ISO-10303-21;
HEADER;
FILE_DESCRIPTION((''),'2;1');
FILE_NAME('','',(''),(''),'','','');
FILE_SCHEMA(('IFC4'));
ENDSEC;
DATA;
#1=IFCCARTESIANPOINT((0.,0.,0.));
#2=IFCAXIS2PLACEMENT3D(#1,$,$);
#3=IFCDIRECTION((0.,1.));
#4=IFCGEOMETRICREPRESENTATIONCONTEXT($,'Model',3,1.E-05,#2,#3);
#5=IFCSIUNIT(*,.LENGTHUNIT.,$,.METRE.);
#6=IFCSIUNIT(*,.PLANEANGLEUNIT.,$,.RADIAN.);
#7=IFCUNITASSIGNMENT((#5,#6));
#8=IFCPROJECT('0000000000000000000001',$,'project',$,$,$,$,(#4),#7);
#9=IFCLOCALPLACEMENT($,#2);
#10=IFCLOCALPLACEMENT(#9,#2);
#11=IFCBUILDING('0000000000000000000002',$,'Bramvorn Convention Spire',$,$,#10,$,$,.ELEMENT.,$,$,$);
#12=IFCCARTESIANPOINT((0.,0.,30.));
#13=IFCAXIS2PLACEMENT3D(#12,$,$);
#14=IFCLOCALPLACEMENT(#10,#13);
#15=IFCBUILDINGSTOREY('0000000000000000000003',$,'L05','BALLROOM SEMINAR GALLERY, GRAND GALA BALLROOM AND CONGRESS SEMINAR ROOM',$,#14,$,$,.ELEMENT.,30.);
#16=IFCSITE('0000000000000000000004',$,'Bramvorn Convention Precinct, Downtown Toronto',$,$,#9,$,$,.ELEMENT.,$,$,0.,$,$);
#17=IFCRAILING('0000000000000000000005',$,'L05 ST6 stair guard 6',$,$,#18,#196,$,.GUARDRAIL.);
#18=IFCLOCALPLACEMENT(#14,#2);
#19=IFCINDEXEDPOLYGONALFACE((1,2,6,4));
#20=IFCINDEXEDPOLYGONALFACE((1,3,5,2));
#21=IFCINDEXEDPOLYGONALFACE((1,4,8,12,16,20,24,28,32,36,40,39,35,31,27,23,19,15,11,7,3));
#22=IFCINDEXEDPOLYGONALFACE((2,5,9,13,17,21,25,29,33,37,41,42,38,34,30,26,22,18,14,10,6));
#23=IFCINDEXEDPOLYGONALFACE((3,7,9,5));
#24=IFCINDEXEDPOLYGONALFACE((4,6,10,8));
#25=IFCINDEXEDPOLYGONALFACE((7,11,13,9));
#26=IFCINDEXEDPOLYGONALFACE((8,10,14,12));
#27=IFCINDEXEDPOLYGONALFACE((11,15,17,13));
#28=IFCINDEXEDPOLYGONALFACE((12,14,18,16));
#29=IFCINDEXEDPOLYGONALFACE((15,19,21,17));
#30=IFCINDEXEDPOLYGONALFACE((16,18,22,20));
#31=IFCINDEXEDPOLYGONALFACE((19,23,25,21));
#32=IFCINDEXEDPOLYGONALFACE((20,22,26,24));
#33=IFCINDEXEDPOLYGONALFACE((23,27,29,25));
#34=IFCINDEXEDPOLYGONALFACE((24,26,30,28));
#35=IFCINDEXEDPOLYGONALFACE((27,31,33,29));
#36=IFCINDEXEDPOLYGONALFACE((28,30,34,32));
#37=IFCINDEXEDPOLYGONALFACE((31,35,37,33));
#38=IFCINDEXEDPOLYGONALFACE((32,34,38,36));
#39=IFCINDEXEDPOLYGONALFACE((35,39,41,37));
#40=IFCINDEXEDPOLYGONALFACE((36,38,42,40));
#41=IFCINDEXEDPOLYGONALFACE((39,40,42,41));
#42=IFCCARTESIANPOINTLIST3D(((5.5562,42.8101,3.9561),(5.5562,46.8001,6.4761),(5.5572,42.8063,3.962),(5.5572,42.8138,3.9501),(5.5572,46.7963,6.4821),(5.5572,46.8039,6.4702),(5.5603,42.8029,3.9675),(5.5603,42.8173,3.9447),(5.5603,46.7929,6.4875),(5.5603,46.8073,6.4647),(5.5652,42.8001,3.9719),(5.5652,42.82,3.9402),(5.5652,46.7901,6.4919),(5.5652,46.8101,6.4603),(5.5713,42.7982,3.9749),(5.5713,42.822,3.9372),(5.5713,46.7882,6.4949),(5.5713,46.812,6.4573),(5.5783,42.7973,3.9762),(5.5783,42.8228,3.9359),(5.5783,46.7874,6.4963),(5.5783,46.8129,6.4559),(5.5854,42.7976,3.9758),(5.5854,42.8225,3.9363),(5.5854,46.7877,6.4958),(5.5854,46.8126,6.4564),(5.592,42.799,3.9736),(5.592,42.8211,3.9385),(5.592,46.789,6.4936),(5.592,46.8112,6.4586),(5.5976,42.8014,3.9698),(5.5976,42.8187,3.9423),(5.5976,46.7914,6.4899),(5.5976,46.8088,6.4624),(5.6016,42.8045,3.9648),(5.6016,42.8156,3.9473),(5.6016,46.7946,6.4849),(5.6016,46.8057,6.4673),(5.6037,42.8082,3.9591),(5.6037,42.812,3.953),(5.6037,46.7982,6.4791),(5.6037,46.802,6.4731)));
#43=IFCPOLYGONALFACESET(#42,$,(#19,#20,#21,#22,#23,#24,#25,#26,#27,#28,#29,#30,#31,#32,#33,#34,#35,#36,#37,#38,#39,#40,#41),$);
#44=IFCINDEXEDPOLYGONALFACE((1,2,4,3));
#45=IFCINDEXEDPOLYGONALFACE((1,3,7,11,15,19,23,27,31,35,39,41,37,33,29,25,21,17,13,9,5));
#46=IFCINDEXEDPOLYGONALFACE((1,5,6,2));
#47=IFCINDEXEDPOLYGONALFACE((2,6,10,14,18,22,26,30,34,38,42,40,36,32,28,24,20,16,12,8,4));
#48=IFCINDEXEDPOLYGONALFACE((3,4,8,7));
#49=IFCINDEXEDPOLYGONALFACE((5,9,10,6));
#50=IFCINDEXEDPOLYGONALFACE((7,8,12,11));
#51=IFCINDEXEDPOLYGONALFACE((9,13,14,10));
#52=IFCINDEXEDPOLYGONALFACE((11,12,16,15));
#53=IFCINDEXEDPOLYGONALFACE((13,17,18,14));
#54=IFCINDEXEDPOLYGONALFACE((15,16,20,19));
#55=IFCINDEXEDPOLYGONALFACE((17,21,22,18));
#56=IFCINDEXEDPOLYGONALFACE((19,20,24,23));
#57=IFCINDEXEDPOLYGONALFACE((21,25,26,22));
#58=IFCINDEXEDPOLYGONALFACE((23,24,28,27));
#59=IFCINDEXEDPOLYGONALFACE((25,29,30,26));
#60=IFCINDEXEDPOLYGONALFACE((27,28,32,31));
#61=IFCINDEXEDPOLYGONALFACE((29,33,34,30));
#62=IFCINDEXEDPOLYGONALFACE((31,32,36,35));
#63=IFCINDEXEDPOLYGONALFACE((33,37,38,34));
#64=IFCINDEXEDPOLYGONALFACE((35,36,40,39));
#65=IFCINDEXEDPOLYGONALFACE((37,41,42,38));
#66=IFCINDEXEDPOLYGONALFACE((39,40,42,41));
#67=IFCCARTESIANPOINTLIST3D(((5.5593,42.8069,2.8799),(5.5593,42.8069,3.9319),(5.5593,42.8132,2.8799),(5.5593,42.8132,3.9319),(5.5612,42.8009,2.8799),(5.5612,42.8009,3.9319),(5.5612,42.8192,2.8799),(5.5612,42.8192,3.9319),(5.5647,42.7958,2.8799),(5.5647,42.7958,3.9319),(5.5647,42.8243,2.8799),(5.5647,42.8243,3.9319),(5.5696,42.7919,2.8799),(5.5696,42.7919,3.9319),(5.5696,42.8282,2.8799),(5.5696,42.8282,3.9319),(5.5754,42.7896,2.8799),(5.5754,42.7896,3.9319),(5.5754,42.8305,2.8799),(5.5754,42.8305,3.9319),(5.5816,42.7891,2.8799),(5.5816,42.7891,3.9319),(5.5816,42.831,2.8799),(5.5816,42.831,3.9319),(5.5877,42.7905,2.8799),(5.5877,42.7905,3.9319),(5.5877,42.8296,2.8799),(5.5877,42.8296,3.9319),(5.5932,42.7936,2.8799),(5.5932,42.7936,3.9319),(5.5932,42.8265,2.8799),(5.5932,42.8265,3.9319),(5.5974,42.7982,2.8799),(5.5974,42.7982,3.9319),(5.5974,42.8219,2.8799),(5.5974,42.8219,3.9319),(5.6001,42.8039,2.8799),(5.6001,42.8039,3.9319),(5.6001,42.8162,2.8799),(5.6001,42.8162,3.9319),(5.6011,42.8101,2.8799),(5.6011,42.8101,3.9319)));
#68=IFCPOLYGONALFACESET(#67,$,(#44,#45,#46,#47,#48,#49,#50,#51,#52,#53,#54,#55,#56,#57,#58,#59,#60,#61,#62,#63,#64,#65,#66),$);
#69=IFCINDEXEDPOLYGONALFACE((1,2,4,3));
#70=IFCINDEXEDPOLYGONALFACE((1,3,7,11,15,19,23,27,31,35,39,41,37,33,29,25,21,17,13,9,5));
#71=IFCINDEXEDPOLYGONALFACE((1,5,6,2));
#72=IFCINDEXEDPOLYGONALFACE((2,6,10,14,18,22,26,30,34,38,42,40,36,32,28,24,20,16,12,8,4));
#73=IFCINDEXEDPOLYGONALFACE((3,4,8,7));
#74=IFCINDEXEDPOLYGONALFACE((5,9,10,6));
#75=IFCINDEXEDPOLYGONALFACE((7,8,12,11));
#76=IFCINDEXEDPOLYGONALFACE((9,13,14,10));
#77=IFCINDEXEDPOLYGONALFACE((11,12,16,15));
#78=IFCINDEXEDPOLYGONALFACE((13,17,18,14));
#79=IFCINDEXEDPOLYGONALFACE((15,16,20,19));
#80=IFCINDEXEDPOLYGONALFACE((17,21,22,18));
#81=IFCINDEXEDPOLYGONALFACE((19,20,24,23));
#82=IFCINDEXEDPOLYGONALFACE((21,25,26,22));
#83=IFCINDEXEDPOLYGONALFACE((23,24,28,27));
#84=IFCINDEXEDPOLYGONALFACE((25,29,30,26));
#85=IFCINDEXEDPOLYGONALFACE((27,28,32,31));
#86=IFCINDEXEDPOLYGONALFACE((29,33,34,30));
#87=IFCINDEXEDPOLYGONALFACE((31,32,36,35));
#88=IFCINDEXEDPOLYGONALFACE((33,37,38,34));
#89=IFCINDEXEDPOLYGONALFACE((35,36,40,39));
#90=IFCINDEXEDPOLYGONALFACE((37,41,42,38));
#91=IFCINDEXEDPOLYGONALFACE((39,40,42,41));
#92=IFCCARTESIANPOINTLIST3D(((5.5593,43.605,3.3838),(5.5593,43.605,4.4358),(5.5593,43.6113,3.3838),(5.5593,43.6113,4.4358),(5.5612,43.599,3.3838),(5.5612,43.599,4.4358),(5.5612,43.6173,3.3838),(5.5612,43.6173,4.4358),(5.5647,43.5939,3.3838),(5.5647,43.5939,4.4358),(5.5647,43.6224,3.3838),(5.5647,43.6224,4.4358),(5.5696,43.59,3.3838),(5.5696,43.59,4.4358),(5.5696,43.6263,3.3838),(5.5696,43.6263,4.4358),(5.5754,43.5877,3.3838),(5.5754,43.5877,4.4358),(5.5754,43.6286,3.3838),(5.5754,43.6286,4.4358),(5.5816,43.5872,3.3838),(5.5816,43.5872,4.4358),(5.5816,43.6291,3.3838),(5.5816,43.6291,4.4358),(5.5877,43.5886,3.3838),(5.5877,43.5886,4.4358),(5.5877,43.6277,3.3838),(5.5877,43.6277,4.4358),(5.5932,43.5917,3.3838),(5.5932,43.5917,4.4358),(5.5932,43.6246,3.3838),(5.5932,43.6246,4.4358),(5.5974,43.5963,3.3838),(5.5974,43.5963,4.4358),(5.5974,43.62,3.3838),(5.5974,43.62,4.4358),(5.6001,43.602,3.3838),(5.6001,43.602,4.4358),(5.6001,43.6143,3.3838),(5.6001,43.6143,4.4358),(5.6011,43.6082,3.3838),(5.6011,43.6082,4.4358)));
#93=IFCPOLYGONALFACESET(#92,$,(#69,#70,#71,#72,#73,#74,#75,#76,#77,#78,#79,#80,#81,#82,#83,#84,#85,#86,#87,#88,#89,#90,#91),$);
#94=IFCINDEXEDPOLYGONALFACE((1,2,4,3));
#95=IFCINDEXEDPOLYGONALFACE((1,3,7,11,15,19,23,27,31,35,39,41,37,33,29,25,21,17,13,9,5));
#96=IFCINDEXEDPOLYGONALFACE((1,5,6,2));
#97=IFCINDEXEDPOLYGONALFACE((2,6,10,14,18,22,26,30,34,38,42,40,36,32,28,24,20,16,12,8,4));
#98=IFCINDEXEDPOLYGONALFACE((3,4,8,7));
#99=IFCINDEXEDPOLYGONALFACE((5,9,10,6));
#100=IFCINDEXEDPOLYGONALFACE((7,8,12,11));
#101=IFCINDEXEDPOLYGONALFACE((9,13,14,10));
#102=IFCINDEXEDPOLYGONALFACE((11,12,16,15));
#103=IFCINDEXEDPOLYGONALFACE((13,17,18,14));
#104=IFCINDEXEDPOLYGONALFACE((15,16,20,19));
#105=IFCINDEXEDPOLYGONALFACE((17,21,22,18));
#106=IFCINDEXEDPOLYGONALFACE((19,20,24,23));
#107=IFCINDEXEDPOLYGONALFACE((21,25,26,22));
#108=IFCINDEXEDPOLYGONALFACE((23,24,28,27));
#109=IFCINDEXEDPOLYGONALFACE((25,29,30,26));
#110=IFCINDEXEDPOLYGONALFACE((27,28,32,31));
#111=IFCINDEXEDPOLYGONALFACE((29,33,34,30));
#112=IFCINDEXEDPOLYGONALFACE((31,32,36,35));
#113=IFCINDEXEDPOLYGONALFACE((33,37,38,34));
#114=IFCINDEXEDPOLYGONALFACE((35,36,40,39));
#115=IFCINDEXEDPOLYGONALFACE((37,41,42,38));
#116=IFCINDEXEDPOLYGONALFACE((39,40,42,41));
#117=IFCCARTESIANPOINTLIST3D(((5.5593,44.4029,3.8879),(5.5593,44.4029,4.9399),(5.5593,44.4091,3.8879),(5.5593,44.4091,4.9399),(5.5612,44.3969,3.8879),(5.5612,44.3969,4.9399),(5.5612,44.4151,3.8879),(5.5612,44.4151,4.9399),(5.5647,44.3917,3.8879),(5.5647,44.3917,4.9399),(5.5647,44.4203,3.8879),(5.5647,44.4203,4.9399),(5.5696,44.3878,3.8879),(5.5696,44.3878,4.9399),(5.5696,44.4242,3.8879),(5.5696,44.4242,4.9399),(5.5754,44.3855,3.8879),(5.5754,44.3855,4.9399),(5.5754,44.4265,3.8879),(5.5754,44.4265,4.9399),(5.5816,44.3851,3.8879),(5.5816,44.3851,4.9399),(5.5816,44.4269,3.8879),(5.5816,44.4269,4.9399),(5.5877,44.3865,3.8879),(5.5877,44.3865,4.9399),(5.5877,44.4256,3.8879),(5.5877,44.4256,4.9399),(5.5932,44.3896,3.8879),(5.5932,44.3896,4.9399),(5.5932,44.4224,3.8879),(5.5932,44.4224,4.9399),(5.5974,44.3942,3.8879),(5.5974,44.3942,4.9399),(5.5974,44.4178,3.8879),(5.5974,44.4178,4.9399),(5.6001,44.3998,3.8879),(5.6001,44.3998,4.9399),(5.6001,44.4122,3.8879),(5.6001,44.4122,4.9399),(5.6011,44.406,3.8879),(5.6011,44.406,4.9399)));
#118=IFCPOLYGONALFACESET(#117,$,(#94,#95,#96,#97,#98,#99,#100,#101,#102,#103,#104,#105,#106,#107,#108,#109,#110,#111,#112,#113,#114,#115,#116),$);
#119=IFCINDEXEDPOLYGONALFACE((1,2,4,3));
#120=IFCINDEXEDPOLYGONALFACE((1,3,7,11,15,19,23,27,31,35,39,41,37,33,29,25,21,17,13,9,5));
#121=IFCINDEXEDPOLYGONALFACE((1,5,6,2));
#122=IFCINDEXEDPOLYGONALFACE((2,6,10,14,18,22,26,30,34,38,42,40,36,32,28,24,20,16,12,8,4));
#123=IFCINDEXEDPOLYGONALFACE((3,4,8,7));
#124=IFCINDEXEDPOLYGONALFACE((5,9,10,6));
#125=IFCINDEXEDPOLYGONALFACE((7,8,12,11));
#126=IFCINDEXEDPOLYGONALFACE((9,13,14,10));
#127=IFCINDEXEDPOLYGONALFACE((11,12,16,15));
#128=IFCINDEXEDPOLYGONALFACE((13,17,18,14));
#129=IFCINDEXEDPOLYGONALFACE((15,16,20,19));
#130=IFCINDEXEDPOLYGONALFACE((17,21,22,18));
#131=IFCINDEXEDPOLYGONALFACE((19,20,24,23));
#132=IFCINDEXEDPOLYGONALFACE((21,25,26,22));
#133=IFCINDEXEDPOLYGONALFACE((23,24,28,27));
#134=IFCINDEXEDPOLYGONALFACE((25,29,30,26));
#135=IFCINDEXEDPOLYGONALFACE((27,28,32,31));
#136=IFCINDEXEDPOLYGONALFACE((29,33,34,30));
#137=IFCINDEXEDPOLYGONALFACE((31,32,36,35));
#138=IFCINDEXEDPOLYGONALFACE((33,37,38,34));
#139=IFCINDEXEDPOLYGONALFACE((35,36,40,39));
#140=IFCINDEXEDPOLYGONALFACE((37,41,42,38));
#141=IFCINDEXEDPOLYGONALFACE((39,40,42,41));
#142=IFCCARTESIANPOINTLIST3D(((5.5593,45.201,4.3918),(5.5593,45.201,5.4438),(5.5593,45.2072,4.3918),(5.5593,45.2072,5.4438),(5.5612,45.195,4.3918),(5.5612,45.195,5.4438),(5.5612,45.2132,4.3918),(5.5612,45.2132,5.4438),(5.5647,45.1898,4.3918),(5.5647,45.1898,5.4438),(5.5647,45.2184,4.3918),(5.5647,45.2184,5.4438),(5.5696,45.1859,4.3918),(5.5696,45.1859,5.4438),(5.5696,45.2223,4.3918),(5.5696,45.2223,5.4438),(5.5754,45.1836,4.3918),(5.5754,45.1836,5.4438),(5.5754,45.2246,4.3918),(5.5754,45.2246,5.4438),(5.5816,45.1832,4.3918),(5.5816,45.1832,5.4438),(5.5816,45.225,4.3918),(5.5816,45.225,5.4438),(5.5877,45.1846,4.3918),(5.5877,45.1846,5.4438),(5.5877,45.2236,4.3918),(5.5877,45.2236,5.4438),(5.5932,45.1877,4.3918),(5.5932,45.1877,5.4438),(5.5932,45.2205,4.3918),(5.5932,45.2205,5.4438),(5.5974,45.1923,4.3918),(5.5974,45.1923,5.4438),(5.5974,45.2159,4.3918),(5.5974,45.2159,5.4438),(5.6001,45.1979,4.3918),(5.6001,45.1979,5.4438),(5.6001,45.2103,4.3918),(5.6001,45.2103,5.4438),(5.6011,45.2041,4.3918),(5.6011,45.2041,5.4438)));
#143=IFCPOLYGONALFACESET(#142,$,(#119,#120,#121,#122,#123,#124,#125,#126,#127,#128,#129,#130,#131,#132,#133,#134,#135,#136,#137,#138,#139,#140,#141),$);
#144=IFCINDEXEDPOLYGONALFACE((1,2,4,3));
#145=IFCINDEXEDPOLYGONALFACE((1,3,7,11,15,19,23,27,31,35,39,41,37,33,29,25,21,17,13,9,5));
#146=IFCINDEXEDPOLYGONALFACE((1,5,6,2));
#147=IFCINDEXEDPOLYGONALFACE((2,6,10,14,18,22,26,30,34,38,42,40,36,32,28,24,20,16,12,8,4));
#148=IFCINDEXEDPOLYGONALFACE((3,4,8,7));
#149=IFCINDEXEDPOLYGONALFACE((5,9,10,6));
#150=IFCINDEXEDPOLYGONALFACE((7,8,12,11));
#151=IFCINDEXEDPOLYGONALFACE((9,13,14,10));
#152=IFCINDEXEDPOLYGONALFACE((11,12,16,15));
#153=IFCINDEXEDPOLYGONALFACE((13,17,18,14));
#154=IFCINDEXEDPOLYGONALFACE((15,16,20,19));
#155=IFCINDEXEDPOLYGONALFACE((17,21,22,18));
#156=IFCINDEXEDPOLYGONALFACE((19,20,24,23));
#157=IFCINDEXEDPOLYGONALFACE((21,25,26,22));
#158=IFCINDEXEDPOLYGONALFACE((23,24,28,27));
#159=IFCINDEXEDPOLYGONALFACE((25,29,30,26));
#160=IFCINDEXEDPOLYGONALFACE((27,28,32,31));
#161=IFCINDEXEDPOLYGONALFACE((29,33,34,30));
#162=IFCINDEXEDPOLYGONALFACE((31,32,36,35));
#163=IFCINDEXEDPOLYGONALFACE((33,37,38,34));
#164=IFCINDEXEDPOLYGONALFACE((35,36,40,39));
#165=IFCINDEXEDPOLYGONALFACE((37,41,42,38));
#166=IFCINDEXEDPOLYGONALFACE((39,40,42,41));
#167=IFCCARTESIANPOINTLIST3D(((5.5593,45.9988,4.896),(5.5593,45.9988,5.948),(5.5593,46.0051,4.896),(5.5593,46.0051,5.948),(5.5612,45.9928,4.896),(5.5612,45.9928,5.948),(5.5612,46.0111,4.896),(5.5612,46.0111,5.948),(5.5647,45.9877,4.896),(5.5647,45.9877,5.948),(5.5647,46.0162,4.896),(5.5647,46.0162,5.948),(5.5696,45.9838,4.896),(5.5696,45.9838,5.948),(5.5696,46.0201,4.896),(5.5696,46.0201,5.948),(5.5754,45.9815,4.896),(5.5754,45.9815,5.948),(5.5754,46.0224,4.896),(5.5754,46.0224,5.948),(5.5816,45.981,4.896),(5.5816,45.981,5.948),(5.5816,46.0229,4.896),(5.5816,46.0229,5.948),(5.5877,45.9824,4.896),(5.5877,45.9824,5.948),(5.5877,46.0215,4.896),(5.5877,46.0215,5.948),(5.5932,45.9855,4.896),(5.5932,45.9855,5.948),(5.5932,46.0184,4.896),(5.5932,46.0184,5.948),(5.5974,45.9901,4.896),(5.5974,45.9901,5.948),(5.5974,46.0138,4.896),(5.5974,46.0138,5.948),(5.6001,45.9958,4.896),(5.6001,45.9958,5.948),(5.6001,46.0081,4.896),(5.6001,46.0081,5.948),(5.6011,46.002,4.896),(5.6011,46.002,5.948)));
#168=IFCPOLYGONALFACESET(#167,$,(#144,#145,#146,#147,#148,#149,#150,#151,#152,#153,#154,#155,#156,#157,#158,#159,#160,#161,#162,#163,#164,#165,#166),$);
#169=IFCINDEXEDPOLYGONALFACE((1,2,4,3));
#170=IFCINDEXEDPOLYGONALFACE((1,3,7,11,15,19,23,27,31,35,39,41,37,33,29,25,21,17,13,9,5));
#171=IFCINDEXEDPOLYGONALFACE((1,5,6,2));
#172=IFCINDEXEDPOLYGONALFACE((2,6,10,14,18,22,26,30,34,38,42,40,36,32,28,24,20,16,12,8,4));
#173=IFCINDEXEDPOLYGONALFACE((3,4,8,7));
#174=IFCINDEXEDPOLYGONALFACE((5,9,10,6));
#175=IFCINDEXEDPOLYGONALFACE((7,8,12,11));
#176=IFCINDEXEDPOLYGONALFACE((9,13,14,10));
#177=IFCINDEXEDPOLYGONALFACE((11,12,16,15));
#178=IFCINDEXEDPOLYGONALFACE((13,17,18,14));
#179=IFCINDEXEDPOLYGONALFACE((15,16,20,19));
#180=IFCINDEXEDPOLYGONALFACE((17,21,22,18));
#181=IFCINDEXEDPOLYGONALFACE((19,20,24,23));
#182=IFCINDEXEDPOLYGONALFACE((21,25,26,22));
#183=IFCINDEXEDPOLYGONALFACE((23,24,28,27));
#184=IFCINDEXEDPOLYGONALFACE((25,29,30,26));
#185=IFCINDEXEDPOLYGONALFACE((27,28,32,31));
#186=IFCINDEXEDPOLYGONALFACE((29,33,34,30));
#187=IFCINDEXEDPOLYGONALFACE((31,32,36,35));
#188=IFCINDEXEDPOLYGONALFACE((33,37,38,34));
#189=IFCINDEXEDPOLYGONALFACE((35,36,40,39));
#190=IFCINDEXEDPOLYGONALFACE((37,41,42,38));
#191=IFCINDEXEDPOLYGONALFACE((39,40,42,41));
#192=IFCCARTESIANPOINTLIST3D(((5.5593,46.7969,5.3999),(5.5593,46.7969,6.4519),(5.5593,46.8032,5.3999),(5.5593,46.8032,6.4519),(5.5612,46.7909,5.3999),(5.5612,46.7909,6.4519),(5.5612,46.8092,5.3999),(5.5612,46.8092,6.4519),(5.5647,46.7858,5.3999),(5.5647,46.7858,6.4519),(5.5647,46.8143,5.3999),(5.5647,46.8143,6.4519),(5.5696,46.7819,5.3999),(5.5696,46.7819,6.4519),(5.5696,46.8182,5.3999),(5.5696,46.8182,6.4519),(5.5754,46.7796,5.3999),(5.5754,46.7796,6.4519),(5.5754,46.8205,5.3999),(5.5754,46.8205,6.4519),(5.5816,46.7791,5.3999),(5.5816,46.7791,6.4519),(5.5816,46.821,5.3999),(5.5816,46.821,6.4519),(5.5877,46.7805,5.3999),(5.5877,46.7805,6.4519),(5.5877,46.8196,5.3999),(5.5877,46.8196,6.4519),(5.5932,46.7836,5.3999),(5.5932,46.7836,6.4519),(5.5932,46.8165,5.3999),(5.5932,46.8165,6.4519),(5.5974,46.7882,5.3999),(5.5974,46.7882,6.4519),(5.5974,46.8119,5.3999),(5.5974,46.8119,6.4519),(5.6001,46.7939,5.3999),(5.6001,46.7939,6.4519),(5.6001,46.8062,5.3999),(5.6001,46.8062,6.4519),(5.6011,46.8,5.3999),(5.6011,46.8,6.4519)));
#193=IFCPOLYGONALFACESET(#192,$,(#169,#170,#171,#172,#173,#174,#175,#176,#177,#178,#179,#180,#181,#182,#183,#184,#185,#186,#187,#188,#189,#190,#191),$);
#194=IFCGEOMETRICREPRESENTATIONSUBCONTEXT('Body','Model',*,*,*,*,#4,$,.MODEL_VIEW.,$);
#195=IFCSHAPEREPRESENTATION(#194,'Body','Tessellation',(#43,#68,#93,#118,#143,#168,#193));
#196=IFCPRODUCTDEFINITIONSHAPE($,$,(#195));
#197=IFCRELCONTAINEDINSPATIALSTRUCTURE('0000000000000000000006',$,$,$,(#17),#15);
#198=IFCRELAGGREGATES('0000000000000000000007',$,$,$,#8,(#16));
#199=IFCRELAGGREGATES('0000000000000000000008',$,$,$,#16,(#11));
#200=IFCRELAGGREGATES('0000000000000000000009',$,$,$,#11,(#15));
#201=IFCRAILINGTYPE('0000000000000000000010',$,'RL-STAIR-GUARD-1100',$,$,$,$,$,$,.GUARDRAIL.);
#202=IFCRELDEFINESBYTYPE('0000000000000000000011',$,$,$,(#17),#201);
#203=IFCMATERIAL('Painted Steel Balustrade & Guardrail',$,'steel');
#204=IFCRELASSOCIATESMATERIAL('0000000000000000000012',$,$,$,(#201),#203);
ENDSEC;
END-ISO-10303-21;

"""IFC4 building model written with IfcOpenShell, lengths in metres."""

from ifc_helpers import new_model, si_unit, direction, frame, origin, origin_2d, place, context, subcontext, project, spatial, circle, extrude, material, type_object, element, save


model = new_model("IFC4")

# Units and contexts
model_context = context("Model", 3, precision=1e-05, world=origin(), true_north=direction((0.0, 1.0)))
body_context = subcontext(model_context, "Body", "Model", "MODEL_VIEW")
ifc_project = project(units=[si_unit("LENGTHUNIT", "METRE"), si_unit("PLANEANGLEUNIT", "RADIAN")], contexts=[model_context])

# Site, building, storey
site_placement = place(None, origin())
site = spatial("IfcSite", under=ifc_project, at=site_placement, Name="Bramvorn Convention Precinct, Downtown Toronto", CompositionType="ELEMENT", RefElevation=0.0)
building_placement = place(site_placement, origin())
building = spatial("IfcBuilding", under=site, at=building_placement, Name="Bramvorn Convention Spire", CompositionType="ELEMENT")
storey_placement = place(building_placement, frame((0.0, 0.0, 30.0)))
storey = spatial("IfcBuildingStorey", under=building, at=storey_placement, Name="L05", Description="BALLROOM SEMINAR GALLERY, GRAND GALA BALLROOM AND CONGRESS SEMINAR ROOM", CompositionType="ELEMENT", Elevation=30.0)

# Railing
ifc_material_1 = material(Name="Painted Steel Balustrade & Guardrail", Category="steel")
railing_type = type_object("IfcRailingType", Name="RL-STAIR-GUARD-1100", PredefinedType="GUARDRAIL", material=ifc_material_1)
railing_1_placement = place(storey_placement, frame((5.5801, 42.8101, 2.8799)))
element("IfcRailing", 1, at=railing_1_placement, inside=storey, type_object=railing_type, Name="L05 ST6 stair guard 6", PredefinedType="GUARDRAIL", context=body_context, shape_type="SweptSolid", body=[
    extrude(circle(Radius=0.0239, at=origin_2d()), frame((0.0, 0.0, 1.0762), z_axis=(0.0, 0.845486, 0.533997), x_axis=(-1.0, 0.0, 0.0)), (0.0, 0.0, 1.0), 4.7192),
    extrude(circle(Radius=0.021, at=origin_2d()), origin(), (0.0, 0.0, 1.0), 1.052),
    extrude(circle(Radius=0.021, at=origin_2d()), frame((0.0, 0.7981, 0.5039)), (0.0, 0.0, 1.0), 1.052),
    extrude(circle(Radius=0.021, at=origin_2d()), frame((0.0, 1.5959, 1.0081)), (0.0, 0.0, 1.0), 1.052),
    extrude(circle(Radius=0.021, at=origin_2d()), frame((0.0, 2.394, 1.512)), (0.0, 0.0, 1.0), 1.052),
    extrude(circle(Radius=0.021, at=origin_2d()), frame((0.0, 3.1919, 2.0161)), (0.0, 0.0, 1.0), 1.052),
    extrude(circle(Radius=0.021, at=origin_2d()), frame((0.0, 3.99, 2.52)), (0.0, 0.0, 1.0), 1.052),
])

save(model, "model.ifc")
